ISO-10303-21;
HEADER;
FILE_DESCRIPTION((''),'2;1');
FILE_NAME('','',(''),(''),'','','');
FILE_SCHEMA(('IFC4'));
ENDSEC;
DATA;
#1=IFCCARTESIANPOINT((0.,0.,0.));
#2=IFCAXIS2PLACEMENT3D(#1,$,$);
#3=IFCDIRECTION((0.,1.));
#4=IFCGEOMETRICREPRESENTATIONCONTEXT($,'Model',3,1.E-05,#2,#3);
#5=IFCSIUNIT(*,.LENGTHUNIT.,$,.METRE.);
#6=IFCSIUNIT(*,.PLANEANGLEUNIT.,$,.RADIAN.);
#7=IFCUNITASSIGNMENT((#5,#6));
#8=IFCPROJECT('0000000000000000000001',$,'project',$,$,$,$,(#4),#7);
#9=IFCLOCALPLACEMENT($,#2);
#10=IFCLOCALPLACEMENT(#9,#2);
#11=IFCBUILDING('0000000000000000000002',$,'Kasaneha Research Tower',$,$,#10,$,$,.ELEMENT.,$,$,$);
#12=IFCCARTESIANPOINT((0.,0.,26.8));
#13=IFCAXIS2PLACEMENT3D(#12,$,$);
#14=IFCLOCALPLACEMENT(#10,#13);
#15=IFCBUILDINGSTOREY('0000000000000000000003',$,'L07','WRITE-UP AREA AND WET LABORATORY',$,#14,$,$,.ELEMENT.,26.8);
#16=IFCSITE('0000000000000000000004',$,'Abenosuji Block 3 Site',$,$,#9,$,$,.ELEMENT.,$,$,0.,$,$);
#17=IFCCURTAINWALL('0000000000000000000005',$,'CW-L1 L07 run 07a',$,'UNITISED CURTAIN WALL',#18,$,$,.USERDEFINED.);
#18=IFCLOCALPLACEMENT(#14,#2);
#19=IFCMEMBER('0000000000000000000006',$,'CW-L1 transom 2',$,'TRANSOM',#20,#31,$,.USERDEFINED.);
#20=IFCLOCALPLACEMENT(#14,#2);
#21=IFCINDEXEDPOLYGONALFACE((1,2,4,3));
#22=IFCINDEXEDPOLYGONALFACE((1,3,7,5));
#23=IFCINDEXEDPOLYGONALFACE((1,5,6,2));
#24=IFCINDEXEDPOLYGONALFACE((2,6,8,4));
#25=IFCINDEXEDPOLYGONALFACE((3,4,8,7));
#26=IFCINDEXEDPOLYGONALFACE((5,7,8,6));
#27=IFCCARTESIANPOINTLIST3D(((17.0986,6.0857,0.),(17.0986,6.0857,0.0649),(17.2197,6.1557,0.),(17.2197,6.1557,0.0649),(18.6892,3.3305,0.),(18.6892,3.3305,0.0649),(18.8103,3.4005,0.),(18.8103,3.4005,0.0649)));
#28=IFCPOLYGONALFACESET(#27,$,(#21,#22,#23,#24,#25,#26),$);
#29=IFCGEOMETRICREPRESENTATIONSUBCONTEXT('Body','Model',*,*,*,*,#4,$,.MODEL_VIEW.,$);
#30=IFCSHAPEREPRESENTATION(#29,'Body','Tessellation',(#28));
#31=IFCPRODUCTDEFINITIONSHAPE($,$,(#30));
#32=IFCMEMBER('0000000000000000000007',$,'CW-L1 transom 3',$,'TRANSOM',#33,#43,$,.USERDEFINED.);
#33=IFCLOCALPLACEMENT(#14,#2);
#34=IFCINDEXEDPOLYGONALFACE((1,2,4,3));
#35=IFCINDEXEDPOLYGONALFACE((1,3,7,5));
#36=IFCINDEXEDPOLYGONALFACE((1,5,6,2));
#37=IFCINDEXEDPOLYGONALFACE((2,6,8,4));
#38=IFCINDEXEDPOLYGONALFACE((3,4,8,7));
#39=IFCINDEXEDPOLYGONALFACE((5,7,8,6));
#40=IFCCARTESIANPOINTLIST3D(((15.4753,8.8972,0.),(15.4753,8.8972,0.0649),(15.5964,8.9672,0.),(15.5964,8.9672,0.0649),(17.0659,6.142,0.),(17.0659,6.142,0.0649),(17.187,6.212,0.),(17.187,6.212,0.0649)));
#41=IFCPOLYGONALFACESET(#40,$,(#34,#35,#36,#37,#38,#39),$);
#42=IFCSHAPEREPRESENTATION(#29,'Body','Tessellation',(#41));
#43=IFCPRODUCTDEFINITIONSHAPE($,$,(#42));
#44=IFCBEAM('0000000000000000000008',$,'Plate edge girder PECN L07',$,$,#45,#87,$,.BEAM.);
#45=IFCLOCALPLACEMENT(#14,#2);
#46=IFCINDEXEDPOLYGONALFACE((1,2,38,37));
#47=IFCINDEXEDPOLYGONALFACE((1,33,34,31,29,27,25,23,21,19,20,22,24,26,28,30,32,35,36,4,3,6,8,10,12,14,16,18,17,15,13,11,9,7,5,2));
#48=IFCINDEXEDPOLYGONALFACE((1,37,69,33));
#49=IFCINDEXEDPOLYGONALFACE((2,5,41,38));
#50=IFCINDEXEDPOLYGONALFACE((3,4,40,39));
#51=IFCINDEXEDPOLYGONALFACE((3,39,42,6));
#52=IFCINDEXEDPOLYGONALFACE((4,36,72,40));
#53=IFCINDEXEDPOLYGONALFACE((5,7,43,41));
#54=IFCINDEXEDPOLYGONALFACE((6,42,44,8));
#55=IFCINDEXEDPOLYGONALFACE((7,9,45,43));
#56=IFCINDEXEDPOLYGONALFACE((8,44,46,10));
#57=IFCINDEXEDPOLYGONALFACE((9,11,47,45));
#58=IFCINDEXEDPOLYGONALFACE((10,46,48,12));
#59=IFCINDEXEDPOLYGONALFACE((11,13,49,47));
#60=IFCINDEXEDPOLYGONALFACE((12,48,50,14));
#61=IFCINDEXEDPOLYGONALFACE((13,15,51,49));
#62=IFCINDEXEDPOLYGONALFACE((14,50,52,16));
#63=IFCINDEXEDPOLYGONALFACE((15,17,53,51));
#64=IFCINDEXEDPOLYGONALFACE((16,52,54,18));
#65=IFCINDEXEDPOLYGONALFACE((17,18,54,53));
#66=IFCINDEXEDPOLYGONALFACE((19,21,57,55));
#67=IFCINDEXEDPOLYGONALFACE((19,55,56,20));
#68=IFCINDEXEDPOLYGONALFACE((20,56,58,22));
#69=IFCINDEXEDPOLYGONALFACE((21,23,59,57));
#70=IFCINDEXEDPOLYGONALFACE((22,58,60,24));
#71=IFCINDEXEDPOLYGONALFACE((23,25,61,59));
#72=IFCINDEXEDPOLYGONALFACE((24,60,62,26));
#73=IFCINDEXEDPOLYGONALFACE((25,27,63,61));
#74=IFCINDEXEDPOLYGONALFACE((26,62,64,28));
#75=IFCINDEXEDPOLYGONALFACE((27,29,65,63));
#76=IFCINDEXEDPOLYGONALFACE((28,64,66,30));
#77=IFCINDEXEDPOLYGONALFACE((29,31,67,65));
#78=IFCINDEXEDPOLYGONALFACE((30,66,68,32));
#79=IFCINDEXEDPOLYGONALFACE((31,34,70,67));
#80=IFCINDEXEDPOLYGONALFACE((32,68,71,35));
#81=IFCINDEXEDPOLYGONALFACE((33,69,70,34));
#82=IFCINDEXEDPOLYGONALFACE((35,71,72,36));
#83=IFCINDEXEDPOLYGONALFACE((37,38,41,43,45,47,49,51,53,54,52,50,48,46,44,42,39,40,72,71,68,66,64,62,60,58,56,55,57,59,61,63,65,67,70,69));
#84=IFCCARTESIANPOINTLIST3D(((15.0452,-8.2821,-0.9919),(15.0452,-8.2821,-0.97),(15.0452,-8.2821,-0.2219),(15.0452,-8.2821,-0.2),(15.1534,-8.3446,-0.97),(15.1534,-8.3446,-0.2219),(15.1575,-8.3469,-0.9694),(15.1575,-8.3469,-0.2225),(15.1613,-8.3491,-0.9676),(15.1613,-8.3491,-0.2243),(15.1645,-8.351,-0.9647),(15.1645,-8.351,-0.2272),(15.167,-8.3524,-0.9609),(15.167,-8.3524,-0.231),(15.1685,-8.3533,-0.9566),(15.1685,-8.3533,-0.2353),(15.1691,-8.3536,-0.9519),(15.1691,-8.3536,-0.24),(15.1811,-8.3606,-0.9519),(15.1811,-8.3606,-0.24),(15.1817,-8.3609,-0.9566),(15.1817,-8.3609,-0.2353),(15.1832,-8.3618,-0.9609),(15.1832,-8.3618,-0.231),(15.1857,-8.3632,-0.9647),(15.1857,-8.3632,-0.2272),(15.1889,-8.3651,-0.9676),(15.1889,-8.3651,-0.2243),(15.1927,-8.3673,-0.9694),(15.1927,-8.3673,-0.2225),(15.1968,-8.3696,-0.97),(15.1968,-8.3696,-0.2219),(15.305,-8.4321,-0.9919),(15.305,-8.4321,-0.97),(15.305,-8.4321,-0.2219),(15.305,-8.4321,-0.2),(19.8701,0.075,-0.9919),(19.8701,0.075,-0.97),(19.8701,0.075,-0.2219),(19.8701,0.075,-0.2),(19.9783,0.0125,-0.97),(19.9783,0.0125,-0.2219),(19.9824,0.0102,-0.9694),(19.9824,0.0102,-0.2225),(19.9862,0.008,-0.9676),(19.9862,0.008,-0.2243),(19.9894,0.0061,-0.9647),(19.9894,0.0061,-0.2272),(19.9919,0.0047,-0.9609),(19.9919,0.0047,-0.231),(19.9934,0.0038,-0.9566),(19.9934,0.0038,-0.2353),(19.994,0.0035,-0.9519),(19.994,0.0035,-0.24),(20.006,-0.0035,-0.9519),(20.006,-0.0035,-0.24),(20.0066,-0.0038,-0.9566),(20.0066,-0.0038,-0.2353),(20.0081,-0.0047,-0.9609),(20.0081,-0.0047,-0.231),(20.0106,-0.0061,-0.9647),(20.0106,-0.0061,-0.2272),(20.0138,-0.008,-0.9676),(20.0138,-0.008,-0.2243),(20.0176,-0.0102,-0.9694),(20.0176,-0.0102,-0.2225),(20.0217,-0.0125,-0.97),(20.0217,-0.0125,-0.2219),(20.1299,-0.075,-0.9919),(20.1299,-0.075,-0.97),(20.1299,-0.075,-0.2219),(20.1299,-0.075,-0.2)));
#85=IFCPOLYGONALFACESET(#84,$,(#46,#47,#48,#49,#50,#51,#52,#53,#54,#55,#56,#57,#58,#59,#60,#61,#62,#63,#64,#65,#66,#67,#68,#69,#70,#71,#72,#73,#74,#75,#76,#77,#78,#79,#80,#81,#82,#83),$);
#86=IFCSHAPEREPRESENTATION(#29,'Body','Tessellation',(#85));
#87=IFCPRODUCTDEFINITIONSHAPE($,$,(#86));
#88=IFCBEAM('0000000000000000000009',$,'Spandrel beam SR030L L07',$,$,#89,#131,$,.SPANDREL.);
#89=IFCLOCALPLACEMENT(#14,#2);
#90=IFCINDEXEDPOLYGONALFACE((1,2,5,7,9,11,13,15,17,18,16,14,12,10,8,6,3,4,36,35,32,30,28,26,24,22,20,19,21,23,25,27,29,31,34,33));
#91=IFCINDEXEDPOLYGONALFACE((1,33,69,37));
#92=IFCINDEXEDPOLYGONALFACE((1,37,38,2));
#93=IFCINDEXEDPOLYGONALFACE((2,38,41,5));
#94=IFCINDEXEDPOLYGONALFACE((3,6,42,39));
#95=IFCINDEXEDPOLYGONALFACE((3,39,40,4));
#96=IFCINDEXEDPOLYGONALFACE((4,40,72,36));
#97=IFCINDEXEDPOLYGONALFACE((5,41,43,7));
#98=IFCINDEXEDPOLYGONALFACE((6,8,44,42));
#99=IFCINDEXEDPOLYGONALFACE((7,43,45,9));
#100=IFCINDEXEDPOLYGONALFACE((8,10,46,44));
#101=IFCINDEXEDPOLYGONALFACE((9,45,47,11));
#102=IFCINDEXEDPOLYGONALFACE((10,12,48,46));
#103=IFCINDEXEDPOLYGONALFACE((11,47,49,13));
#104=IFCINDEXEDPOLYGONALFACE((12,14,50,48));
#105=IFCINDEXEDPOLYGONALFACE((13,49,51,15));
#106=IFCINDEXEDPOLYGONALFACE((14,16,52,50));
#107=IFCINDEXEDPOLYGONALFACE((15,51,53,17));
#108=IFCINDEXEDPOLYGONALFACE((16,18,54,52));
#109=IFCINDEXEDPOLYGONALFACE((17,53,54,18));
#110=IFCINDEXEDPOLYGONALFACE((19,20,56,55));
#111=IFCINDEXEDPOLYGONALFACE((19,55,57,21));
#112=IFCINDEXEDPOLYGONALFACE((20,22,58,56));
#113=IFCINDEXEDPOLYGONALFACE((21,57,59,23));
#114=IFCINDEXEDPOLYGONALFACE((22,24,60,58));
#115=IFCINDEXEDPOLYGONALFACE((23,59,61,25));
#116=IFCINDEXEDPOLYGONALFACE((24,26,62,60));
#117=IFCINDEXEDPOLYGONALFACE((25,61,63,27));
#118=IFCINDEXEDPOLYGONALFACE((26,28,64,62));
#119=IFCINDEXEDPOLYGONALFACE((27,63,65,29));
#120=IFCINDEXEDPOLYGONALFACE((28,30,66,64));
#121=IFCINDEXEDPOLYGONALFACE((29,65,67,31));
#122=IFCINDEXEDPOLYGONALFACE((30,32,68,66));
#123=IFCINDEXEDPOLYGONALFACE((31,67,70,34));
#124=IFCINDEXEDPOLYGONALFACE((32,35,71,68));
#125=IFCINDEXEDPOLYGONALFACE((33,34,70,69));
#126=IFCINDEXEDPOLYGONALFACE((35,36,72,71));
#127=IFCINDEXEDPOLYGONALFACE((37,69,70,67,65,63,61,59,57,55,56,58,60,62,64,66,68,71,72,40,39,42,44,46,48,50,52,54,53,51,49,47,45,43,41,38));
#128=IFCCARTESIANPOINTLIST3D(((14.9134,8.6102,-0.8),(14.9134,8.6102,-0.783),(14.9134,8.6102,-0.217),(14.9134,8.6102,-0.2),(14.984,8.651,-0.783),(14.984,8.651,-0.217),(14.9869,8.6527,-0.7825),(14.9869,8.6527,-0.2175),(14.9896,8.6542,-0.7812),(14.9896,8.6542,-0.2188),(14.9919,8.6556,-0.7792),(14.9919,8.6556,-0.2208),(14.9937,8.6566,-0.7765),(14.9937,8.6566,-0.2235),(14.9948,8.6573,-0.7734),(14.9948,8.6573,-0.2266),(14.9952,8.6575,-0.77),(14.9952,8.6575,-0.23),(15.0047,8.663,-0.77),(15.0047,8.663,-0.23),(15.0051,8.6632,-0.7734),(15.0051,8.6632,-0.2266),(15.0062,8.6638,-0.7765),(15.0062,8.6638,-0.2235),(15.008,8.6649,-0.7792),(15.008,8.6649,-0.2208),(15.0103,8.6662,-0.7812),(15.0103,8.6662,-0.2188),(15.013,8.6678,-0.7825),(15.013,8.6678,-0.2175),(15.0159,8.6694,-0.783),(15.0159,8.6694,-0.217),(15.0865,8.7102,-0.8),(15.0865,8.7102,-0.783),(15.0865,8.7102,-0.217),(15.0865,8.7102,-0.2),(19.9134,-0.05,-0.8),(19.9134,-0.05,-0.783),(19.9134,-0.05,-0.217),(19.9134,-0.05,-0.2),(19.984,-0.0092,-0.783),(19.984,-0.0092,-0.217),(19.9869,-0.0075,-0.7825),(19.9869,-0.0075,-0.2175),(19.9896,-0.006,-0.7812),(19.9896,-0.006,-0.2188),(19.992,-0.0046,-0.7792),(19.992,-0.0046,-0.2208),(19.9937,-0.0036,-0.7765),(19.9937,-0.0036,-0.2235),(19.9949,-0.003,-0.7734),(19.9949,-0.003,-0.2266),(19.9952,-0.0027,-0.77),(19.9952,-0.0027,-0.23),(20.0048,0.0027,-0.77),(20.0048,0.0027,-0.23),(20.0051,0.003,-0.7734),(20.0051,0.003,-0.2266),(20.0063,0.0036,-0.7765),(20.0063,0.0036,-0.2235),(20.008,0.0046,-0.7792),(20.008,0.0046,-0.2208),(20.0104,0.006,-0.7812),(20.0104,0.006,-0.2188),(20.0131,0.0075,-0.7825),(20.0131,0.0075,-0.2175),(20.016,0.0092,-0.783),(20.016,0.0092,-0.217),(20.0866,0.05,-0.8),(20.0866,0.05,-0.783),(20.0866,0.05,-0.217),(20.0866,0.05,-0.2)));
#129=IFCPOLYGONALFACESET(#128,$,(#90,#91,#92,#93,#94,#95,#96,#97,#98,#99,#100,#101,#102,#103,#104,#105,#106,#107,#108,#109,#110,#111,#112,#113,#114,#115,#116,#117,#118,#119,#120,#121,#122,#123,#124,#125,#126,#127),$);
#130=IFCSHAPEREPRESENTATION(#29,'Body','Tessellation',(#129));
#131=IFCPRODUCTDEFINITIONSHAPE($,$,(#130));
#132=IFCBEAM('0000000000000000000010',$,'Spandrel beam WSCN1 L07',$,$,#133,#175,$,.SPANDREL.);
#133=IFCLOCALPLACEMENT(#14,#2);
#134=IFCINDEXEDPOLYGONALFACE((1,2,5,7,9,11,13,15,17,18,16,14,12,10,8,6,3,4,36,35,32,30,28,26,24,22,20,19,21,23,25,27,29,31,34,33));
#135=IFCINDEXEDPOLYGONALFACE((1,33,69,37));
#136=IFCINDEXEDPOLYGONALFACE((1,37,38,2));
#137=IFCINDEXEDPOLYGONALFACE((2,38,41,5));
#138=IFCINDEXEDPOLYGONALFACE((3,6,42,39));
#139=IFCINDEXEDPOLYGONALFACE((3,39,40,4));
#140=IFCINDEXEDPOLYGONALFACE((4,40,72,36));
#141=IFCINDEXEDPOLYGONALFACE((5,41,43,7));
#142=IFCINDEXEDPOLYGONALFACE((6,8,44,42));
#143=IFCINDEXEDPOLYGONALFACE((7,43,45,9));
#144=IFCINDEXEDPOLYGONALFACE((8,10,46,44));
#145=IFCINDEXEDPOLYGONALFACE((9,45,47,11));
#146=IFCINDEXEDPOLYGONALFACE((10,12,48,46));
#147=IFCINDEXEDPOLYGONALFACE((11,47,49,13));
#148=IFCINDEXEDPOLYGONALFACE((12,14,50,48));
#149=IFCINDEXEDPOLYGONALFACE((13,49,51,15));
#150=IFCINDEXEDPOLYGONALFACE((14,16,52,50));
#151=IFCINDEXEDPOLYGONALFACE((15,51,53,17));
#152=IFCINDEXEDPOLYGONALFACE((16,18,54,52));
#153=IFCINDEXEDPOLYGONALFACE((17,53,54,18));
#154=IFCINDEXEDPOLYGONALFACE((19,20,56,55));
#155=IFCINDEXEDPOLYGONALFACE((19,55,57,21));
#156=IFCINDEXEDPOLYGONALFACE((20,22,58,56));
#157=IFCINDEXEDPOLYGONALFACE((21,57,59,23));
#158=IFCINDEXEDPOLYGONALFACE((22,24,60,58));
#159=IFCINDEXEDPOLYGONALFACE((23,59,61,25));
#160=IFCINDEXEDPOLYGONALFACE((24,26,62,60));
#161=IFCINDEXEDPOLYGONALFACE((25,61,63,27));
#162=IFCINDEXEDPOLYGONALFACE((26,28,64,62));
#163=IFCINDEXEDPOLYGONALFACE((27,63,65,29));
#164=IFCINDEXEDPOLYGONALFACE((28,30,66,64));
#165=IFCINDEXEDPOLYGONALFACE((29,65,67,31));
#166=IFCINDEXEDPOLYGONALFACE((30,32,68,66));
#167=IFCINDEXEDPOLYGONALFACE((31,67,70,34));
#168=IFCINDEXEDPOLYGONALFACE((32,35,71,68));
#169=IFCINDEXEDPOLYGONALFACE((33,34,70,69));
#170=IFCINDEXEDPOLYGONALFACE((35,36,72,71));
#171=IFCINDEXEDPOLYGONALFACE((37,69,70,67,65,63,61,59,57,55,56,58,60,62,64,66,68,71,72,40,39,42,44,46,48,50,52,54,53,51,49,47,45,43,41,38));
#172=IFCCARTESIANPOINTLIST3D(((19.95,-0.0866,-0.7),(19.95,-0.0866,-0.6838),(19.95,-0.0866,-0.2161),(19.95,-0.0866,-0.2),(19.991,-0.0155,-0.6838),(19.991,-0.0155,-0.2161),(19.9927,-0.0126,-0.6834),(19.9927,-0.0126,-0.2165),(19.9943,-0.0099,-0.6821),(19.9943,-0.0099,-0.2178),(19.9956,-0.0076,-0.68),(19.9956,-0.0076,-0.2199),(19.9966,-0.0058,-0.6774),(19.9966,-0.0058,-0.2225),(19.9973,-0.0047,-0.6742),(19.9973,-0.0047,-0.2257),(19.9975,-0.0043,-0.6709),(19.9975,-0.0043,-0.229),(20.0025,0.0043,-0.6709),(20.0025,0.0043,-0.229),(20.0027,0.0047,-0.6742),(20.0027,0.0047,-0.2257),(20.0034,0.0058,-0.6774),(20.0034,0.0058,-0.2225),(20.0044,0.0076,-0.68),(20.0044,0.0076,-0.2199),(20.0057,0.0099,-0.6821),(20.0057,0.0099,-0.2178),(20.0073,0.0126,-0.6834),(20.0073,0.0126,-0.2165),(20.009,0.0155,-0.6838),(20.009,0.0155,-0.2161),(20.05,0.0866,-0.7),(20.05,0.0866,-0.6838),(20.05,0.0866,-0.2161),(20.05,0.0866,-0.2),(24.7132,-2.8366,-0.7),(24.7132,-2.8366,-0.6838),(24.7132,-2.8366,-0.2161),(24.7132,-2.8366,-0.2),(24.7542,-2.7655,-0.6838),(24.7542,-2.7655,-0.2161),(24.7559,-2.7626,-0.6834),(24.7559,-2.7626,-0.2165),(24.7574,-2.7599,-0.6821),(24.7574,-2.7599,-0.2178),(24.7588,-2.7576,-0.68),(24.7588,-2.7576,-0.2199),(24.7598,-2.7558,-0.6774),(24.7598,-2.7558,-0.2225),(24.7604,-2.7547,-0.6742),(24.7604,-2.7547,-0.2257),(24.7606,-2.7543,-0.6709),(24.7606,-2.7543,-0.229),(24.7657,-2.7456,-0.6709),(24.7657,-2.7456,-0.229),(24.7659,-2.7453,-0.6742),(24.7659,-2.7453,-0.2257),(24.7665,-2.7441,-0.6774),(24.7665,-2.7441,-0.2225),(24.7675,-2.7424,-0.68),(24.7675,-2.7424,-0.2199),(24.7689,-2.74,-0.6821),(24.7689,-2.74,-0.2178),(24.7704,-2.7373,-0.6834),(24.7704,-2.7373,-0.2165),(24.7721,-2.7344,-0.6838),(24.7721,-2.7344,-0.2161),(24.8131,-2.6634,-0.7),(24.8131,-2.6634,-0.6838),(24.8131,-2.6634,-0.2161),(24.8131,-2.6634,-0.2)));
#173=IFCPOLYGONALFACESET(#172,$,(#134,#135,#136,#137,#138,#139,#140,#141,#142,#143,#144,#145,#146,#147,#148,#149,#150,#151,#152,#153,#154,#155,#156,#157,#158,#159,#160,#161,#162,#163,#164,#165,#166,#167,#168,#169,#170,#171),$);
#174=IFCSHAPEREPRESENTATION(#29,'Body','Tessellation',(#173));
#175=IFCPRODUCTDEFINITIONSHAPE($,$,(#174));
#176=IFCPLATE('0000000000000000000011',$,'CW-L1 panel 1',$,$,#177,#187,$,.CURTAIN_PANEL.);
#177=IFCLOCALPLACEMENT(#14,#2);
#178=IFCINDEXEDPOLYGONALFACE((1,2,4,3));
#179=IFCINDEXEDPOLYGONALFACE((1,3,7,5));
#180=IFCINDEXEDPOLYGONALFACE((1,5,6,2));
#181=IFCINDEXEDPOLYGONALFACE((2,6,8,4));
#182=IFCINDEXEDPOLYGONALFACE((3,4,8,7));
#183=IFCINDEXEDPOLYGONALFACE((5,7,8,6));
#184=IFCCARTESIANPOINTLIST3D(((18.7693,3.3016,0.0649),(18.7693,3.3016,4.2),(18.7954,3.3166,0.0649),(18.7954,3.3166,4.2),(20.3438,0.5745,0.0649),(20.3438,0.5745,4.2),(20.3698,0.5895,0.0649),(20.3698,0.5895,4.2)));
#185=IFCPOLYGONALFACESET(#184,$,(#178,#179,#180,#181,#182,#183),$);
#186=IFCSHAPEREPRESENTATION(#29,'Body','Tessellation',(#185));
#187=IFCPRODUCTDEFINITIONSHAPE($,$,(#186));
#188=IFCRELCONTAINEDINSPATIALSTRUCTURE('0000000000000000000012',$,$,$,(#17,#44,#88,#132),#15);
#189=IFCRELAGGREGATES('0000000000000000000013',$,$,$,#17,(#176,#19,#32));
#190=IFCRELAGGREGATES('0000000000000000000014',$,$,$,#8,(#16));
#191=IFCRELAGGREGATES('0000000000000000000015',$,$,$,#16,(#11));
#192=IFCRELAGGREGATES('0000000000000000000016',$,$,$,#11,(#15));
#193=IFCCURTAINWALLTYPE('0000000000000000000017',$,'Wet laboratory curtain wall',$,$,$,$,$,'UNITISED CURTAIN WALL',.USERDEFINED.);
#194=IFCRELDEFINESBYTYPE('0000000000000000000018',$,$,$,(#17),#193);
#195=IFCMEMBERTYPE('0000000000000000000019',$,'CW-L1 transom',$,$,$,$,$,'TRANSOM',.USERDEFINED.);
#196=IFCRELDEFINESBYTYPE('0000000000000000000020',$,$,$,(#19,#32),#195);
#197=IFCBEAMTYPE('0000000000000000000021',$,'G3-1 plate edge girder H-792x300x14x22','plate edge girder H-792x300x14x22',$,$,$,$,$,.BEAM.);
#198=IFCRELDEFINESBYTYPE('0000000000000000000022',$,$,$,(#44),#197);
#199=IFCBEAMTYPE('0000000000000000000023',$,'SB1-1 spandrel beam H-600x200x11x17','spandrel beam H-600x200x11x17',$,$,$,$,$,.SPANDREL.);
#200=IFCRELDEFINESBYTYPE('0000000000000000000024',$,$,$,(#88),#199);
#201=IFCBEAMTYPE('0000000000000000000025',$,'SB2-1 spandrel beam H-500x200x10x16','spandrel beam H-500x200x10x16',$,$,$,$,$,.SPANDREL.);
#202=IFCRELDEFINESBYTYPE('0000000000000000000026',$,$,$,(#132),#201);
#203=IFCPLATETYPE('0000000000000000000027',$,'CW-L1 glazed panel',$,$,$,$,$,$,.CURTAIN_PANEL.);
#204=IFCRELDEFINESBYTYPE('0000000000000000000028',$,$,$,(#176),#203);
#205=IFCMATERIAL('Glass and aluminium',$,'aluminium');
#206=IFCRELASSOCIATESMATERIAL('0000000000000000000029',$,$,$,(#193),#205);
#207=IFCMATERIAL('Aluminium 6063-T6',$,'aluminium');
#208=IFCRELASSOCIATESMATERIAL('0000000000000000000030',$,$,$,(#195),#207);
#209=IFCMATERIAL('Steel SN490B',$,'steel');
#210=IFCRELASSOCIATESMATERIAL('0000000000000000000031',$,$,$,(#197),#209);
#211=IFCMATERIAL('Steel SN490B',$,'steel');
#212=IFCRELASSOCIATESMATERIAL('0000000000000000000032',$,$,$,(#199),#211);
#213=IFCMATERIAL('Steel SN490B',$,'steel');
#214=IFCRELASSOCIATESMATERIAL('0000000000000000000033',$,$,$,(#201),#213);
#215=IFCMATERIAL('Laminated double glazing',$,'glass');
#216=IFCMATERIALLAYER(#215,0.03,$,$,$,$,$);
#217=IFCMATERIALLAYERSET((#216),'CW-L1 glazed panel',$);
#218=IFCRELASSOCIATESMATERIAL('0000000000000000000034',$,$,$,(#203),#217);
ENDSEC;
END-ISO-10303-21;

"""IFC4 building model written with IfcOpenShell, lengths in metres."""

from ifc_helpers import new_model, si_unit, direction, frame, origin, origin_2d, place, context, subcontext, project, spatial, rectangle, i_section, extrude, material, layer, layer_set, material_profile, profile_set, type_object, element, aggregate, save


model = new_model("IFC4")

# Units and contexts
model_context = context("Model", 3, precision=1e-05, world=origin(), true_north=direction((0.0, 1.0)))
body_context = subcontext(model_context, "Body", "Model", "MODEL_VIEW")
ifc_project = project(units=[si_unit("LENGTHUNIT", "METRE"), si_unit("PLANEANGLEUNIT", "RADIAN")], contexts=[model_context])

# Site, building, storey
site_placement = place(None, origin())
site = spatial("IfcSite", under=ifc_project, at=site_placement, Name="Abenosuji Block 3 Site", CompositionType="ELEMENT", RefElevation=0.0)
building_placement = place(site_placement, origin())
building = spatial("IfcBuilding", under=site, at=building_placement, Name="Kasaneha Research Tower", CompositionType="ELEMENT")
storey_placement = place(building_placement, frame((0.0, 0.0, 26.8)))
storey = spatial("IfcBuildingStorey", under=building, at=storey_placement, Name="L07", Description="WRITE-UP AREA AND WET LABORATORY", CompositionType="ELEMENT", Elevation=26.8)

# Shared definitions
ifc_material_1 = material(Name="Glass and aluminium", Category="aluminium")
curtain_wall_type = type_object("IfcCurtainWallType", Name="Wet laboratory curtain wall", ElementType="UNITISED CURTAIN WALL", PredefinedType="USERDEFINED", material=ifc_material_1)

# Curtain wall, members
curtain_wall_1_placement = place(storey_placement, origin())
curtain_wall_1 = element("IfcCurtainWall", 1, at=curtain_wall_1_placement, inside=storey, type_object=curtain_wall_type, Name="CW-L1 L07 run 07a", ObjectType="UNITISED CURTAIN WALL", PredefinedType="USERDEFINED")
ifc_material_2 = material(Name="Aluminium 6063-T6", Category="aluminium")
ifc_material_profile_1 = material_profile(ifc_material_2, rectangle(XDim=0.1399, YDim=0.0649, at=origin_2d()), Name="CW-L1 transom 140x65")
ifc_profile_set_1 = profile_set([ifc_material_profile_1], Name="Aluminium 6063-T6")
member_type_1 = type_object("IfcMemberType", Name="CW-L1 transom", ElementType="TRANSOM", PredefinedType="USERDEFINED", material=ifc_profile_set_1)
member_1_placement = place(storey_placement, frame((18.7498, 3.3655, 0.0325), z_axis=(-0.499977, 0.866039, 0.0), x_axis=(-0.866039, -0.499977, 0.0)))
member_1 = element("IfcMember", 2, at=member_1_placement, type_object=member_type_1, Name="CW-L1 transom 2", ObjectType="TRANSOM", PredefinedType="USERDEFINED", context=body_context, shape_type="SweptSolid", body=[
    extrude(rectangle(XDim=0.1399, YDim=0.0649, at=origin_2d()), origin(), (0.0, 0.0, 1.0), 3.1814),
])
member_2_placement = place(storey_placement, frame((17.1265, 6.177, 0.0325), z_axis=(-0.499977, 0.866039, 0.0), x_axis=(-0.866039, -0.499977, 0.0)))
member_2 = element("IfcMember", 3, at=member_2_placement, type_object=member_type_1, Name="CW-L1 transom 3", ObjectType="TRANSOM", PredefinedType="USERDEFINED", context=body_context, shape_type="SweptSolid", body=[
    extrude(rectangle(XDim=0.1399, YDim=0.0649, at=origin_2d()), origin(), (0.0, 0.0, 1.0), 3.1814),
])

# Beams
ifc_material_3 = material(Name="Steel SN490B", Category="steel")
ifc_material_profile_2 = material_profile(ifc_material_3, i_section(OverallWidth=0.3, OverallDepth=0.792, WebThickness=0.0139, FlangeThickness=0.022, FilletRadius=0.0181, at=origin_2d()), Name="H-792x300x14x22")
ifc_profile_set_2 = profile_set([ifc_material_profile_2], Name="Steel SN490B")
beam_type_1 = type_object("IfcBeamType", Name="G3-1 plate edge girder H-792x300x14x22", Description="plate edge girder H-792x300x14x22", PredefinedType="BEAM", material=ifc_profile_set_2)
beam_1_placement = place(storey_placement, frame((20.0, 0.0, -0.5959), z_axis=(-0.499995, -0.866028, 0.0), x_axis=(0.866028, -0.499995, 0.0)))
element("IfcBeam", 4, at=beam_1_placement, inside=storey, type_object=beam_type_1, Name="Plate edge girder PECN L07", PredefinedType="BEAM", context=body_context, shape_type="SweptSolid", body=[
    extrude(i_section(OverallWidth=0.3, OverallDepth=0.792, WebThickness=0.0139, FlangeThickness=0.022, FilletRadius=0.0181, at=origin_2d()), origin(), (0.0, 0.0, 1.0), 9.6499),
])
ifc_material_4 = material(Name="Steel SN490B", Category="steel")
ifc_material_profile_3 = material_profile(ifc_material_4, i_section(OverallWidth=0.2, OverallDepth=0.6001, WebThickness=0.011, FlangeThickness=0.0171, FilletRadius=0.0129, at=origin_2d()), Name="H-600x200x11x17")
ifc_profile_set_3 = profile_set([ifc_material_profile_3], Name="Steel SN490B")
beam_type_2 = type_object("IfcBeamType", Name="SB1-1 spandrel beam H-600x200x11x17", Description="spandrel beam H-600x200x11x17", PredefinedType="SPANDREL", material=ifc_profile_set_3)
beam_2_placement = place(storey_placement, frame((20.0, 0.0, -0.5), z_axis=(-0.500004, 0.866023, 0.0), x_axis=(-0.866023, -0.500004, 0.0)))
element("IfcBeam", 5, at=beam_2_placement, inside=storey, type_object=beam_type_2, Name="Spandrel beam SR030L L07", PredefinedType="SPANDREL", context=body_context, shape_type="SweptSolid", body=[
    extrude(i_section(OverallWidth=0.2, OverallDepth=0.6001, WebThickness=0.011, FlangeThickness=0.0171, FilletRadius=0.0129, at=origin_2d()), origin(), (0.0, 0.0, 1.0), 10.0),
])
ifc_material_5 = material(Name="Steel SN490B", Category="steel")
ifc_material_profile_4 = material_profile(ifc_material_5, i_section(OverallWidth=0.2, OverallDepth=0.5, WebThickness=0.01, FlangeThickness=0.0161, FilletRadius=0.0129, at=origin_2d()), Name="H-500x200x10x16")
ifc_profile_set_4 = profile_set([ifc_material_profile_4], Name="Steel SN490B")
beam_type_3 = type_object("IfcBeamType", Name="SB2-1 spandrel beam H-500x200x10x16", Description="spandrel beam H-500x200x10x16", PredefinedType="SPANDREL", material=ifc_profile_set_4)
beam_3_placement = place(storey_placement, frame((20.0, 0.0, -0.45), z_axis=(0.866027, -0.499997, 0.0), x_axis=(0.499997, 0.866027, 0.0)))
element("IfcBeam", 6, at=beam_3_placement, inside=storey, type_object=beam_type_3, Name="Spandrel beam WSCN1 L07", PredefinedType="SPANDREL", context=body_context, shape_type="SweptSolid", body=[
    extrude(i_section(OverallWidth=0.2, OverallDepth=0.5, WebThickness=0.01, FlangeThickness=0.0161, FilletRadius=0.0129, at=origin_2d()), origin(), (0.0, 0.0, 1.0), 5.5),
])

# Plate
ifc_material_6 = material(Name="Laminated double glazing", Category="glass")
ifc_layer_1 = layer(ifc_material_6, 0.03)
ifc_layer_set_1 = layer_set([ifc_layer_1], Name="CW-L1 glazed panel")
plate_type = type_object("IfcPlateType", Name="CW-L1 glazed panel", PredefinedType="CURTAIN_PANEL", material=ifc_layer_set_1)
plate_1_placement = place(storey_placement, frame((19.5696, 1.9456, 0.0649), z_axis=(0.0, 0.0, 1.0), x_axis=(-0.5, 0.866025, 0.0)))
plate_1 = element("IfcPlate", 7, at=plate_1_placement, type_object=plate_type, Name="CW-L1 panel 1", PredefinedType="CURTAIN_PANEL", context=body_context, shape_type="SweptSolid", body=[
    extrude(rectangle(XDim=3.1489, YDim=0.03, at=origin_2d()), origin(), (0.0, 0.0, 1.0), 4.135),
])
aggregate(curtain_wall_1, [plate_1, member_1, member_2])

save(model, "model.ifc")
